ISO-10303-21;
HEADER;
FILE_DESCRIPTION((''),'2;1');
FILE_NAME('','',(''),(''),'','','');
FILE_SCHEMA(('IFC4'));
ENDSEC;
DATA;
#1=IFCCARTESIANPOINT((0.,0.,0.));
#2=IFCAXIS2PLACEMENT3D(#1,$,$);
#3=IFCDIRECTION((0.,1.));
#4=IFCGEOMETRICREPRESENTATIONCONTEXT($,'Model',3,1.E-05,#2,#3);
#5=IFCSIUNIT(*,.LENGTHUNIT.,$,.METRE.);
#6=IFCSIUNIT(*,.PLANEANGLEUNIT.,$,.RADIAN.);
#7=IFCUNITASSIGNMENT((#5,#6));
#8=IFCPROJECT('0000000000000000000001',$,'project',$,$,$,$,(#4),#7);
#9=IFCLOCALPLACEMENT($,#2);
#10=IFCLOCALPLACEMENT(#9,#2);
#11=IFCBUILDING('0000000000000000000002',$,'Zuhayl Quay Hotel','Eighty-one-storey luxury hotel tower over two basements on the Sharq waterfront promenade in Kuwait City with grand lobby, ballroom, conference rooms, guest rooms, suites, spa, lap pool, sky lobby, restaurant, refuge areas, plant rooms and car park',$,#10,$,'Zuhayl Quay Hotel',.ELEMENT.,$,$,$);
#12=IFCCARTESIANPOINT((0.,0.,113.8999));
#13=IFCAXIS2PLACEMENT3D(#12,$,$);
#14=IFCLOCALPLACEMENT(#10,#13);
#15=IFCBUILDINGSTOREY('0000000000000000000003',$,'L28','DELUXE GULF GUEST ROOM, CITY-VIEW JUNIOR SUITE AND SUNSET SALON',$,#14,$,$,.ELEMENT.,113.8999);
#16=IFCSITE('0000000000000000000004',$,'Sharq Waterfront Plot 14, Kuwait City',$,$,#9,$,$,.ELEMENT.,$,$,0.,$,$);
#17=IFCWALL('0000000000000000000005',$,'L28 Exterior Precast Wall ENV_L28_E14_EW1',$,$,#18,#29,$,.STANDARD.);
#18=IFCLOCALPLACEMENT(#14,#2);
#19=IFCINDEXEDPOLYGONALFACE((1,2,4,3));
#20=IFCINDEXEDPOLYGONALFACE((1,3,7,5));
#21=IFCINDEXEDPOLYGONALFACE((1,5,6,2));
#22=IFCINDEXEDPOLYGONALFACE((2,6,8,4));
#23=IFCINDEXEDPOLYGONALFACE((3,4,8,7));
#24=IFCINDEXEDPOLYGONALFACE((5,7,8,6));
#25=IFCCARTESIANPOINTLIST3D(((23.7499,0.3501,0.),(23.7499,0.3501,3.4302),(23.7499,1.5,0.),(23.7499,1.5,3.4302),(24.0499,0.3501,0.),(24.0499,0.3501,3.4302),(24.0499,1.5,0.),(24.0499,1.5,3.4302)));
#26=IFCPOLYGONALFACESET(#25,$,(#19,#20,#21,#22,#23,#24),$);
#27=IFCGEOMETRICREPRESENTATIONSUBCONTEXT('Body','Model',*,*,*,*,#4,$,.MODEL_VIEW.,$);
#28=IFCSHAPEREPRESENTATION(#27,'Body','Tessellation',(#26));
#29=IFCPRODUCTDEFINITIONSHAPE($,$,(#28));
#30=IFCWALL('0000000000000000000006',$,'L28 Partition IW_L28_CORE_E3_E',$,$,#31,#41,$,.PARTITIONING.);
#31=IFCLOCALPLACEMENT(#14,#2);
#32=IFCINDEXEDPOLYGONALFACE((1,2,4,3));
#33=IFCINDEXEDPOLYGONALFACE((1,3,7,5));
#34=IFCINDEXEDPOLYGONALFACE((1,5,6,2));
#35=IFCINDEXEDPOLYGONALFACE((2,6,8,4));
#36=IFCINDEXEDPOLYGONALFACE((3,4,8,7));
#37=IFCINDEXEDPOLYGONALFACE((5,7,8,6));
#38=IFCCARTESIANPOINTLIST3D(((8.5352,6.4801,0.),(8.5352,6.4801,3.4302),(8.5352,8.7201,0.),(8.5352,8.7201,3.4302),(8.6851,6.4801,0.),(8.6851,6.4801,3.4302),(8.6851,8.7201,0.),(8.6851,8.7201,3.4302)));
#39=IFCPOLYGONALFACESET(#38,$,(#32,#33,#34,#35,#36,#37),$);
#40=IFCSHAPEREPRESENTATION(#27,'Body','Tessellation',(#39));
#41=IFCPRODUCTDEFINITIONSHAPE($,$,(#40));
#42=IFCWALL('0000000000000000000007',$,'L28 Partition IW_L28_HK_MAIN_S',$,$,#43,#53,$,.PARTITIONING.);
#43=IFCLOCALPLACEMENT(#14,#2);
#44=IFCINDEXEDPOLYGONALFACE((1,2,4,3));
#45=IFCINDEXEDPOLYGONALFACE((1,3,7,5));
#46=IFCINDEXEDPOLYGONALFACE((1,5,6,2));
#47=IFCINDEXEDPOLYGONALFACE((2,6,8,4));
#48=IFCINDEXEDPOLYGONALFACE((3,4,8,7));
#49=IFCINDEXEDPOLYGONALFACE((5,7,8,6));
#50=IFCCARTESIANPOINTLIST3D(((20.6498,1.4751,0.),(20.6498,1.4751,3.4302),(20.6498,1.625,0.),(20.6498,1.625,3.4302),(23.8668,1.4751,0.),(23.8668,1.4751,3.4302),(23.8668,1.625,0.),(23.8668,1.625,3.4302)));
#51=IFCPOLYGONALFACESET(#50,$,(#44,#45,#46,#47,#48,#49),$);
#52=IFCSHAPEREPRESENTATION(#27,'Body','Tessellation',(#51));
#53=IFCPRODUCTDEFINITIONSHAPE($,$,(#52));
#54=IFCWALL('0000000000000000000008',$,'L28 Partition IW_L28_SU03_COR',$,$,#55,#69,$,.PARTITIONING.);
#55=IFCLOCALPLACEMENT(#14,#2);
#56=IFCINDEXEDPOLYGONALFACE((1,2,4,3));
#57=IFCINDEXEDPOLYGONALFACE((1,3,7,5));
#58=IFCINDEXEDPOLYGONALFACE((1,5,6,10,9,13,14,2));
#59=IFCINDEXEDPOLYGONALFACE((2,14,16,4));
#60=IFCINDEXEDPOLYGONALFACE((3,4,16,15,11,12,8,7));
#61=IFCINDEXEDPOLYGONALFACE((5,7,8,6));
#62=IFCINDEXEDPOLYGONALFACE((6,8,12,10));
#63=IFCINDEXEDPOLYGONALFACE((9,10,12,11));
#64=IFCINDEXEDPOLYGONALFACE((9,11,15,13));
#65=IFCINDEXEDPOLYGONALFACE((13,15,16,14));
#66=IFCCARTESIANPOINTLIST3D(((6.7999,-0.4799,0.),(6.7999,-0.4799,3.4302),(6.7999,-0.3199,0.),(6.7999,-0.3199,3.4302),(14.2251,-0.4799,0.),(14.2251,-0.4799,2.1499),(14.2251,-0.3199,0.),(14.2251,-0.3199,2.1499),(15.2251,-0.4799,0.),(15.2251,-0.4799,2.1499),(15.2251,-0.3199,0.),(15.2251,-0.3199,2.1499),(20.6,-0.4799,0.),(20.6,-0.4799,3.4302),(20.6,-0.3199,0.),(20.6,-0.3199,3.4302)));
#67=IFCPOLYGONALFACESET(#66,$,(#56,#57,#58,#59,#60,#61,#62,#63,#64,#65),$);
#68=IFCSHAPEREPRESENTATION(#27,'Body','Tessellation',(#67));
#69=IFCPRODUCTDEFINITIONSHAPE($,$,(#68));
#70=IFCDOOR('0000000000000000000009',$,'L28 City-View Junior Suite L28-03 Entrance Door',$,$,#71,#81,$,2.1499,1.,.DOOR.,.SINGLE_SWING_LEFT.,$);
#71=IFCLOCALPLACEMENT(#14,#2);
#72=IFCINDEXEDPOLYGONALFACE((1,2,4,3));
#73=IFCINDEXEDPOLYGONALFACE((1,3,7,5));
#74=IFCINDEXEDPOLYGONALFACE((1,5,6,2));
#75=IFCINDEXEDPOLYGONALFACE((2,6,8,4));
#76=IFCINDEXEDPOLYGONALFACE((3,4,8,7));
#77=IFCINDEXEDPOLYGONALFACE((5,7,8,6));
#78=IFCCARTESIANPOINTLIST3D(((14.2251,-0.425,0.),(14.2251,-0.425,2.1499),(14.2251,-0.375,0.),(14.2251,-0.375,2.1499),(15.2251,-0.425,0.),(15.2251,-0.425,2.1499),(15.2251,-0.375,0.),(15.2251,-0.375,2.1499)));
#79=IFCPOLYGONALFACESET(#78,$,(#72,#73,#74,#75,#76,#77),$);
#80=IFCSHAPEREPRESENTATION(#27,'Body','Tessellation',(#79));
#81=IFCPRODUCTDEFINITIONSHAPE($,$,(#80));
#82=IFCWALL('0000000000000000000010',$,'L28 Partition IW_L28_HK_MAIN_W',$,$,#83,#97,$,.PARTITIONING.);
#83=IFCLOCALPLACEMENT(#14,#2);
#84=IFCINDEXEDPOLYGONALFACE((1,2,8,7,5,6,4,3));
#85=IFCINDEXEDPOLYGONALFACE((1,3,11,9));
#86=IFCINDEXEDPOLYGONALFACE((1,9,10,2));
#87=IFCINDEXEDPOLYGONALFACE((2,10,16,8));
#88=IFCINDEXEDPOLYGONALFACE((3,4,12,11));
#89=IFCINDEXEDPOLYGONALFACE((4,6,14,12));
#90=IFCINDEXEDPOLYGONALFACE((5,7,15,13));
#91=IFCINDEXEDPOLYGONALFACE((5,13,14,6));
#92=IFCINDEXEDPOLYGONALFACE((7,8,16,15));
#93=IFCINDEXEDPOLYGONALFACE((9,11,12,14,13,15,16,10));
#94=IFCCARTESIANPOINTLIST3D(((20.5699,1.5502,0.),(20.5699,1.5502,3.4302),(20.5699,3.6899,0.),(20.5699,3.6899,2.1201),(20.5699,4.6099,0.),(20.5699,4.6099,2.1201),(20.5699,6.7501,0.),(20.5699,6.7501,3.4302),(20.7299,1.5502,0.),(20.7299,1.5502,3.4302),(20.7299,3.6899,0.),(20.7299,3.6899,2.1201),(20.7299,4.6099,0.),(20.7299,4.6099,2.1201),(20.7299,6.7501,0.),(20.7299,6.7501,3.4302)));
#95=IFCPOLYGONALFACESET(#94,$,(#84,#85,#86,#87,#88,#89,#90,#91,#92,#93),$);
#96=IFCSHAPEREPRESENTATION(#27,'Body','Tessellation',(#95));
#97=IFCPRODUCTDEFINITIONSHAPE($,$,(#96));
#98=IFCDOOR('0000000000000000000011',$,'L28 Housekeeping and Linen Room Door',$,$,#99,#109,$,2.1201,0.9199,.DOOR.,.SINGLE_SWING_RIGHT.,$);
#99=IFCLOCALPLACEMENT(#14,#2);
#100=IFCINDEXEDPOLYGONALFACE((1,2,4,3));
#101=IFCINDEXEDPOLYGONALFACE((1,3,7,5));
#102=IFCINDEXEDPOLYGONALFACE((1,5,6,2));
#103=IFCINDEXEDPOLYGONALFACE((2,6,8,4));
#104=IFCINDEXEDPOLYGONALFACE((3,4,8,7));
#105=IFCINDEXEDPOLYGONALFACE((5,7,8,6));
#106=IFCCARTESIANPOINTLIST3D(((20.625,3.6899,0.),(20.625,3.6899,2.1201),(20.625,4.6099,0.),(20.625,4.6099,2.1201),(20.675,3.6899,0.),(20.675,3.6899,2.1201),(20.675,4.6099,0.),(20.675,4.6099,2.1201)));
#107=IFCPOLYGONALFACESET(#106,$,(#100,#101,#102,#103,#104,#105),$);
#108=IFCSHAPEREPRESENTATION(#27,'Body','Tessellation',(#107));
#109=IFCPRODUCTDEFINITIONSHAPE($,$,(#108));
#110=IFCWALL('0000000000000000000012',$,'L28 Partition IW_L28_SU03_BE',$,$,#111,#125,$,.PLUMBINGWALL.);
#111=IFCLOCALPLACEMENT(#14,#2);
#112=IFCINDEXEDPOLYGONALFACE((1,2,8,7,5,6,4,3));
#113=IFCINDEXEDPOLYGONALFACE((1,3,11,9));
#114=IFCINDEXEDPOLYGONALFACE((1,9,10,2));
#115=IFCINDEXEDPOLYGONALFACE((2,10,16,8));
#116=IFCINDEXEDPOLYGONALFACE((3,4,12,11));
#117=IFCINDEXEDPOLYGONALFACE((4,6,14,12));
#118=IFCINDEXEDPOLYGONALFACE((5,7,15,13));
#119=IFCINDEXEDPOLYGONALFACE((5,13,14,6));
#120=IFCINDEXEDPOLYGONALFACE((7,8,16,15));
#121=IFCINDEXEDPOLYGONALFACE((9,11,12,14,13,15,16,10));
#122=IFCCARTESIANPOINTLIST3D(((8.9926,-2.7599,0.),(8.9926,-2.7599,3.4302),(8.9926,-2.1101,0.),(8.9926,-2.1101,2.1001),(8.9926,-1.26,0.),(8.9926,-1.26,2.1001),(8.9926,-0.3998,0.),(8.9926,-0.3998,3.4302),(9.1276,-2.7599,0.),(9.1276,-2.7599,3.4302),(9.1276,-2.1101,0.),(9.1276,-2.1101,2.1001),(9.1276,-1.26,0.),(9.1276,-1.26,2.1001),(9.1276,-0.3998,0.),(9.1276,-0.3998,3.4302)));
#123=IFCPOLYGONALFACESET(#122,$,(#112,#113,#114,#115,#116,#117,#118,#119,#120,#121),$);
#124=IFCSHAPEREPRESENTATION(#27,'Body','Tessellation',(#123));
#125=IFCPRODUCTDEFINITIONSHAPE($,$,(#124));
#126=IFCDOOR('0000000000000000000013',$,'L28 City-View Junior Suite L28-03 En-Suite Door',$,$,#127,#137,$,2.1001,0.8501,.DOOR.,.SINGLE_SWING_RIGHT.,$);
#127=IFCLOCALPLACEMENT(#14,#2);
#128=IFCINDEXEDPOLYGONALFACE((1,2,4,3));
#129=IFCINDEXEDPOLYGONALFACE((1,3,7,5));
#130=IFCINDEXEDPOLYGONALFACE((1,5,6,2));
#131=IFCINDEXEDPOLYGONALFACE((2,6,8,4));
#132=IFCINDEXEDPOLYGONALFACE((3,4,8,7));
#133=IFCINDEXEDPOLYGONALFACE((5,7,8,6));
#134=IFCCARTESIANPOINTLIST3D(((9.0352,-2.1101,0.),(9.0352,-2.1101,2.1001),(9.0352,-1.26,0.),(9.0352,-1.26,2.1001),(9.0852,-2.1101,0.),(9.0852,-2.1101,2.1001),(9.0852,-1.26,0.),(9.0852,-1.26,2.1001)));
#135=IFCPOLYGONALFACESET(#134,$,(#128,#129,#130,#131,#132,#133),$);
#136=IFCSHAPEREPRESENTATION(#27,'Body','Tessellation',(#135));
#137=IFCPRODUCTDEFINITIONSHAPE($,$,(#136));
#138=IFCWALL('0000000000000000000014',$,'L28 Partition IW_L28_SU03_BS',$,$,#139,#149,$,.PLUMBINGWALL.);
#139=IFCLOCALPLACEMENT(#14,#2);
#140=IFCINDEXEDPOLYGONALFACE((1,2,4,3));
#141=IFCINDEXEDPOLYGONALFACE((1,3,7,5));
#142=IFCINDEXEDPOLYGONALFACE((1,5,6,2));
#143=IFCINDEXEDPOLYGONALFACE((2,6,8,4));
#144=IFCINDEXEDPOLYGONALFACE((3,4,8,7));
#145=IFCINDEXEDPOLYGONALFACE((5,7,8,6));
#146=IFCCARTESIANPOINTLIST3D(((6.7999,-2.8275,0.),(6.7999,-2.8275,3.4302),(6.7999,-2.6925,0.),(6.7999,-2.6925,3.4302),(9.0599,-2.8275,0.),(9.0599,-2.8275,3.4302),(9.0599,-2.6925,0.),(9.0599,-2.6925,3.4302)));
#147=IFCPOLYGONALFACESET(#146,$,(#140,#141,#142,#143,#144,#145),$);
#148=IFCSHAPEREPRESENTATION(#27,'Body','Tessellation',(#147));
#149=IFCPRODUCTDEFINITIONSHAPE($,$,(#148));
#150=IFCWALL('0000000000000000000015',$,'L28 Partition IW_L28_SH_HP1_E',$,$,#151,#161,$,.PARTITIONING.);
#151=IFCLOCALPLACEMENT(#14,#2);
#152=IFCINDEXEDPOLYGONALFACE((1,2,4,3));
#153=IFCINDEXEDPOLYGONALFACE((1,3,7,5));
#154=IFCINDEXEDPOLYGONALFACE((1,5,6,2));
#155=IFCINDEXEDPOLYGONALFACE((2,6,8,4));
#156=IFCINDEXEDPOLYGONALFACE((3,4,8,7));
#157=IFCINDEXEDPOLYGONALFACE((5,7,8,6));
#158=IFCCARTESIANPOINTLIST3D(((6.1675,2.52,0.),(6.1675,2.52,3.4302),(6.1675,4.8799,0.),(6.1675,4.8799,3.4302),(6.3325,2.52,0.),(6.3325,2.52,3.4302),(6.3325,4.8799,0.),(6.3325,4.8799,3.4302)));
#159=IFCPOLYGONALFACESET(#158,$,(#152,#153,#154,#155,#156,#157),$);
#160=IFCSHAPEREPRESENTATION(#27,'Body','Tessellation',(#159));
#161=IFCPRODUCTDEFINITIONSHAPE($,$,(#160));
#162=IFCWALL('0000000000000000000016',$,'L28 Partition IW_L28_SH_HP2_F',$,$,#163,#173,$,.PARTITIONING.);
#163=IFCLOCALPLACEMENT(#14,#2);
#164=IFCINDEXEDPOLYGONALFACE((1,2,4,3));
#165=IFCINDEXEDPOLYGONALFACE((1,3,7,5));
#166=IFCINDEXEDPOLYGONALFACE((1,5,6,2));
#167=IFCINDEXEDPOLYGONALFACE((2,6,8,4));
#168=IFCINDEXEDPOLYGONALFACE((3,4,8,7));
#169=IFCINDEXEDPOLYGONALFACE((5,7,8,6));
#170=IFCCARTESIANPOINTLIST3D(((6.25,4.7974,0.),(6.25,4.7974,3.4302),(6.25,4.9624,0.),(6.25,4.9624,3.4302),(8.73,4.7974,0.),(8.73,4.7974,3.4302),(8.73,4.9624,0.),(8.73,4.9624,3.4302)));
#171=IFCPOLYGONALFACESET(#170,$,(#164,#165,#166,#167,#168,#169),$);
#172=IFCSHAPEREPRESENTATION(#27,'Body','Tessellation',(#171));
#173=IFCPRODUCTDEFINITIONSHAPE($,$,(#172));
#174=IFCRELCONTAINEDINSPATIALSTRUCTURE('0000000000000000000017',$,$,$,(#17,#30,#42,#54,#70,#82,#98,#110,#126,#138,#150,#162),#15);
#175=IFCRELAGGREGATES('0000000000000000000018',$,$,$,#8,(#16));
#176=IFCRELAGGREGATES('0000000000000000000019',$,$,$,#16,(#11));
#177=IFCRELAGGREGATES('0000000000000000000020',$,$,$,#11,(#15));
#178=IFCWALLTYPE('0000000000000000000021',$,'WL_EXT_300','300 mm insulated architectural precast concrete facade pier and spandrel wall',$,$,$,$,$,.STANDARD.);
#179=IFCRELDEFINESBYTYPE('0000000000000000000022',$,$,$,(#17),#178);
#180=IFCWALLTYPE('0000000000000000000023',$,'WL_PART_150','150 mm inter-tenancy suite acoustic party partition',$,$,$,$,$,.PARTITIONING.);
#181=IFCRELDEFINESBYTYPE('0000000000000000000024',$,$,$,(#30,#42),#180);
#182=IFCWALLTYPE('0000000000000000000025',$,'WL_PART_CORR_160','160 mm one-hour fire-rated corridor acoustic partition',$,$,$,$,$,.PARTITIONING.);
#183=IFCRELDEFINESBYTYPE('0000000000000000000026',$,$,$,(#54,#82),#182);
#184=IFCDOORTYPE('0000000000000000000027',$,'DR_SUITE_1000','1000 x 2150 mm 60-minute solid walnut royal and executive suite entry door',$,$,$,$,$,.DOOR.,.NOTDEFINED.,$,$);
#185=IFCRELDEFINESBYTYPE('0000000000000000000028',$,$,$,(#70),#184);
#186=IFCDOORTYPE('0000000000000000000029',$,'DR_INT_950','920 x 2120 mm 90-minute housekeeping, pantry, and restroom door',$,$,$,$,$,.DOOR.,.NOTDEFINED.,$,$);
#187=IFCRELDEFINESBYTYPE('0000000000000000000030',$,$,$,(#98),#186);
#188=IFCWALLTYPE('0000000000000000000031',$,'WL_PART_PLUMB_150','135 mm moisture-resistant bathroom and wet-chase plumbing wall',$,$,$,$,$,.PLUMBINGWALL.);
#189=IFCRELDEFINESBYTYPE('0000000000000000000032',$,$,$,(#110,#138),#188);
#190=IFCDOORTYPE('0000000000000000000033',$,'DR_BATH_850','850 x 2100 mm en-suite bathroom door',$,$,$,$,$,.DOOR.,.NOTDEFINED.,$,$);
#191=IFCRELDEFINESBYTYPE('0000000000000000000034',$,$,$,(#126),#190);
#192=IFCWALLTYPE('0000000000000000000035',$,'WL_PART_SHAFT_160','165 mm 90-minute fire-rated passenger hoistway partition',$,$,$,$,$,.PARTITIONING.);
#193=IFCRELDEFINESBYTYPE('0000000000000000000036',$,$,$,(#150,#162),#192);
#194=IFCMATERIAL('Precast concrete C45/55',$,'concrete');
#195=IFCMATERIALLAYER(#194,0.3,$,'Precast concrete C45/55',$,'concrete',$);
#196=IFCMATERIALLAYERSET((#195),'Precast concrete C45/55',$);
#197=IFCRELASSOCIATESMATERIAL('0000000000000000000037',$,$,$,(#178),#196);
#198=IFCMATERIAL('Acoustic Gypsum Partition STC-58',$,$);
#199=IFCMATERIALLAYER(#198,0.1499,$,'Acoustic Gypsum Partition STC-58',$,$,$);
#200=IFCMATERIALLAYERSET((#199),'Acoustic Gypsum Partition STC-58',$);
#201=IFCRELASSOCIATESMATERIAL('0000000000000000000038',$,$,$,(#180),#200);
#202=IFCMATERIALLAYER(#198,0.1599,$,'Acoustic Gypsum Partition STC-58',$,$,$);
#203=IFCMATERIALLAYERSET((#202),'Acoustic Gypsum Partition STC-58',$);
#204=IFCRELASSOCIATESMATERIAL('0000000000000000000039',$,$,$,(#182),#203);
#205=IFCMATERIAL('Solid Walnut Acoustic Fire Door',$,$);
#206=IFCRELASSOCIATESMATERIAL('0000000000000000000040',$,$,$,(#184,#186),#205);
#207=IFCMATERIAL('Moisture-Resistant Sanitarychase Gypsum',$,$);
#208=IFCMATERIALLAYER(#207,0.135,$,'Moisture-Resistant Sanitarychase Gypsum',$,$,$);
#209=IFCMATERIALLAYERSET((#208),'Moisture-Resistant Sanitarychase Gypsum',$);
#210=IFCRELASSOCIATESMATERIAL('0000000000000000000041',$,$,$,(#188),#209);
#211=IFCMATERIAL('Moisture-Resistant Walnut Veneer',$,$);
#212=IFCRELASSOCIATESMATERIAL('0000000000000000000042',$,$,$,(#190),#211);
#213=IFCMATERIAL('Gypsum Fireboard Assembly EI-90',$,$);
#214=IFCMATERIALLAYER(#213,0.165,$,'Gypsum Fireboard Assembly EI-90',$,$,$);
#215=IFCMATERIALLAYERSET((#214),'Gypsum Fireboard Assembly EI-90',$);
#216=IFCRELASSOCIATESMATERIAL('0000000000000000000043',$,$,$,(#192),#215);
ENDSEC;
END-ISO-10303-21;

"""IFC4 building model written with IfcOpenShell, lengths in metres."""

from ifc_helpers import new_model, si_unit, direction, frame, frame_2d, origin, place, context, subcontext, project, spatial, rectangle, extrude, material, layer, layer_set, type_object, element, fill, save


model = new_model("IFC4")

# Units and contexts
model_context = context("Model", 3, precision=1e-05, world=origin(), true_north=direction((0.0, 1.0)))
body_context = subcontext(model_context, "Body", "Model", "MODEL_VIEW")
ifc_project = project(units=[si_unit("LENGTHUNIT", "METRE"), si_unit("PLANEANGLEUNIT", "RADIAN")], contexts=[model_context])

# Site, building, storey
site_placement = place(None, origin())
site = spatial("IfcSite", under=ifc_project, at=site_placement, Name="Sharq Waterfront Plot 14, Kuwait City", CompositionType="ELEMENT", RefElevation=0.0)
building_placement = place(site_placement, origin())
building = spatial("IfcBuilding", under=site, at=building_placement, Name="Zuhayl Quay Hotel", Description="Eighty-one-storey luxury hotel tower over two basements on the Sharq waterfront promenade in Kuwait City with grand lobby, ballroom, conference rooms, guest rooms, suites, spa, lap pool, sky lobby, restaurant, refuge areas, plant rooms and car park", LongName="Zuhayl Quay Hotel", CompositionType="ELEMENT")
storey_placement = place(building_placement, frame((0.0, 0.0, 113.8999)))
storey = spatial("IfcBuildingStorey", under=building, at=storey_placement, Name="L28", Description="DELUXE GULF GUEST ROOM, CITY-VIEW JUNIOR SUITE AND SUNSET SALON", CompositionType="ELEMENT", Elevation=113.8999)

# Walls
ifc_material_1 = material(Name="Precast concrete C45/55", Category="concrete")
ifc_layer_1 = layer(ifc_material_1, 0.3, Name="Precast concrete C45/55", Category="concrete")
ifc_layer_set_1 = layer_set([ifc_layer_1], Name="Precast concrete C45/55")
wall_type_1 = type_object("IfcWallType", Name="WL_EXT_300", Description="300 mm insulated architectural precast concrete facade pier and spandrel wall", PredefinedType="STANDARD", material=ifc_layer_set_1)
wall_1_placement = place(storey_placement, frame((23.8999, 1.5, 0.0), z_axis=(0.0, 0.0, 1.0), x_axis=(0.0, -1.0, 0.0)))
element("IfcWall", 1, at=wall_1_placement, inside=storey, type_object=wall_type_1, Name="L28 Exterior Precast Wall ENV_L28_E14_EW1", PredefinedType="STANDARD", context=body_context, shape_type="SweptSolid", body=[
    extrude(rectangle(XDim=1.1499, YDim=0.3, at=frame_2d((0.575, 0.0))), origin(), (0.0, 0.0, 1.0), 3.4302),
])
ifc_material_2 = material(Name="Acoustic Gypsum Partition STC-58")
ifc_layer_2 = layer(ifc_material_2, 0.1499, Name="Acoustic Gypsum Partition STC-58")
ifc_layer_set_2 = layer_set([ifc_layer_2], Name="Acoustic Gypsum Partition STC-58")
wall_type_2 = type_object("IfcWallType", Name="WL_PART_150", Description="150 mm inter-tenancy suite acoustic party partition", PredefinedType="PARTITIONING", material=ifc_layer_set_2)
wall_2_placement = place(storey_placement, frame((8.6101, 6.48, 0.0), z_axis=(0.0, 0.0, 1.0), x_axis=(0.0, 1.0, 0.0)))
element("IfcWall", 2, at=wall_2_placement, inside=storey, type_object=wall_type_2, Name="L28 Partition IW_L28_CORE_E3_E", PredefinedType="PARTITIONING", context=body_context, shape_type="SweptSolid", body=[
    extrude(rectangle(XDim=2.24, YDim=0.1499, at=frame_2d((1.1201, 0.0))), origin(), (0.0, 0.0, 1.0), 3.4302),
])
wall_3_placement = place(storey_placement, frame((20.6499, 1.55, 0.0), z_axis=(0.0, 0.0, 1.0), x_axis=(1.0, 0.0, 0.0)))
element("IfcWall", 3, at=wall_3_placement, inside=storey, type_object=wall_type_2, Name="L28 Partition IW_L28_HK_MAIN_S", PredefinedType="PARTITIONING", context=body_context, shape_type="SweptSolid", body=[
    extrude(rectangle(XDim=3.217, YDim=0.1499, at=frame_2d((1.6084, 0.0))), origin(), (0.0, 0.0, 1.0), 3.4302),
])

# Walls, openings, doors
ifc_layer_3 = layer(ifc_material_2, 0.1599, Name="Acoustic Gypsum Partition STC-58")
ifc_layer_set_3 = layer_set([ifc_layer_3], Name="Acoustic Gypsum Partition STC-58")
wall_type_3 = type_object("IfcWallType", Name="WL_PART_CORR_160", Description="160 mm one-hour fire-rated corridor acoustic partition", PredefinedType="PARTITIONING", material=ifc_layer_set_3)
wall_4_placement = place(storey_placement, frame((6.8, -0.3999, 0.0), z_axis=(0.0, 0.0, 1.0), x_axis=(1.0, 0.0, 0.0)))
wall_4 = element("IfcWall", 4, at=wall_4_placement, inside=storey, type_object=wall_type_3, Name="L28 Partition IW_L28_SU03_COR", PredefinedType="PARTITIONING", context=body_context, shape_type="SweptSolid", body=[
    extrude(rectangle(XDim=13.8, YDim=0.1599, at=frame_2d((6.8999, 0.0))), origin(), (0.0, 0.0, 1.0), 3.4302),
])
opening_1_placement = place(wall_4_placement, frame((7.425, 0.0, 0.0)))
opening_1 = element("IfcOpeningElement", 5, at=opening_1_placement, cuts=wall_4, PredefinedType="OPENING", context=body_context, shape_type="SweptSolid", body=[
    extrude(rectangle(XDim=1.0, YDim=2.1499, at=frame_2d((0.5, 1.075))), frame((0.0, 0.0898, 0.0), z_axis=(0.0, -1.0, 0.0), x_axis=(1.0, 0.0, 0.0)), (0.0, 0.0, 1.0), 0.1799),
])
ifc_material_3 = material(Name="Solid Walnut Acoustic Fire Door")
door_type_1 = type_object("IfcDoorType", Name="DR_SUITE_1000", Description="1000 x 2150 mm 60-minute solid walnut royal and executive suite entry door", OperationType="NOTDEFINED", PredefinedType="DOOR", material=ifc_material_3)
door_1_placement = place(opening_1_placement, origin())
door_1 = element("IfcDoor", 6, at=door_1_placement, inside=storey, type_object=door_type_1, Name="L28 City-View Junior Suite L28-03 Entrance Door", OperationType="SINGLE_SWING_LEFT", OverallHeight=2.1499, OverallWidth=1.0, PredefinedType="DOOR", context=body_context, shape_type="SweptSolid", body=[
    extrude(rectangle(XDim=1.0, YDim=2.1499, at=frame_2d((0.5, 1.075))), frame((0.0, 0.0249, 0.0), z_axis=(0.0, -1.0, 0.0), x_axis=(1.0, 0.0, 0.0)), (0.0, 0.0, 1.0), 0.05),
])
fill(opening_1, door_1)
wall_5_placement = place(storey_placement, frame((20.6499, 1.55, 0.0), z_axis=(0.0, 0.0, 1.0), x_axis=(0.0, 1.0, 0.0)))
wall_5 = element("IfcWall", 7, at=wall_5_placement, inside=storey, type_object=wall_type_3, Name="L28 Partition IW_L28_HK_MAIN_W", PredefinedType="PARTITIONING", context=body_context, shape_type="SweptSolid", body=[
    extrude(rectangle(XDim=5.2, YDim=0.1599, at=frame_2d((2.6001, 0.0))), origin(), (0.0, 0.0, 1.0), 3.4302),
])
opening_2_placement = place(wall_5_placement, frame((2.1399, 0.0, 0.0)))
opening_2 = element("IfcOpeningElement", 8, at=opening_2_placement, cuts=wall_5, PredefinedType="OPENING", context=body_context, shape_type="SweptSolid", body=[
    extrude(rectangle(XDim=0.9199, YDim=2.1201, at=frame_2d((0.46, 1.0601))), frame((0.0, 0.0898, 0.0), z_axis=(0.0, -1.0, 0.0), x_axis=(1.0, 0.0, 0.0)), (0.0, 0.0, 1.0), 0.1799),
])
door_type_2 = type_object("IfcDoorType", Name="DR_INT_950", Description="920 x 2120 mm 90-minute housekeeping, pantry, and restroom door", OperationType="NOTDEFINED", PredefinedType="DOOR", material=ifc_material_3)
door_2_placement = place(opening_2_placement, origin())
door_2 = element("IfcDoor", 9, at=door_2_placement, inside=storey, type_object=door_type_2, Name="L28 Housekeeping and Linen Room Door", OperationType="SINGLE_SWING_RIGHT", OverallHeight=2.1201, OverallWidth=0.9199, PredefinedType="DOOR", context=body_context, shape_type="SweptSolid", body=[
    extrude(rectangle(XDim=0.9199, YDim=2.1201, at=frame_2d((0.46, 1.0601))), frame((0.0, 0.0249, 0.0), z_axis=(0.0, -1.0, 0.0), x_axis=(1.0, 0.0, 0.0)), (0.0, 0.0, 1.0), 0.05),
])
fill(opening_2, door_2)
ifc_material_4 = material(Name="Moisture-Resistant Sanitarychase Gypsum")
ifc_layer_4 = layer(ifc_material_4, 0.135, Name="Moisture-Resistant Sanitarychase Gypsum")
ifc_layer_set_4 = layer_set([ifc_layer_4], Name="Moisture-Resistant Sanitarychase Gypsum")
wall_type_4 = type_object("IfcWallType", Name="WL_PART_PLUMB_150", Description="135 mm moisture-resistant bathroom and wet-chase plumbing wall", PredefinedType="PLUMBINGWALL", material=ifc_layer_set_4)
wall_6_placement = place(storey_placement, frame((9.0601, -2.76, 0.0), z_axis=(0.0, 0.0, 1.0), x_axis=(0.0, 1.0, 0.0)))
wall_6 = element("IfcWall", 10, at=wall_6_placement, inside=storey, type_object=wall_type_4, Name="L28 Partition IW_L28_SU03_BE", PredefinedType="PLUMBINGWALL", context=body_context, shape_type="SweptSolid", body=[
    extrude(rectangle(XDim=2.3601, YDim=0.135, at=frame_2d((1.1802, 0.0))), origin(), (0.0, 0.0, 1.0), 3.4302),
])
opening_3_placement = place(wall_6_placement, frame((0.6499, 0.0, 0.0)))
opening_3 = element("IfcOpeningElement", 11, at=opening_3_placement, cuts=wall_6, PredefinedType="OPENING", context=body_context, shape_type="SweptSolid", body=[
    extrude(rectangle(XDim=0.8501, YDim=2.1001, at=frame_2d((0.425, 1.05))), frame((0.0, 0.0774, 0.0), z_axis=(0.0, -1.0, 0.0), x_axis=(1.0, 0.0, 0.0)), (0.0, 0.0, 1.0), 0.155),
])
ifc_material_5 = material(Name="Moisture-Resistant Walnut Veneer")
door_type_3 = type_object("IfcDoorType", Name="DR_BATH_850", Description="850 x 2100 mm en-suite bathroom door", OperationType="NOTDEFINED", PredefinedType="DOOR", material=ifc_material_5)
door_3_placement = place(opening_3_placement, origin())
door_3 = element("IfcDoor", 12, at=door_3_placement, inside=storey, type_object=door_type_3, Name="L28 City-View Junior Suite L28-03 En-Suite Door", OperationType="SINGLE_SWING_RIGHT", OverallHeight=2.1001, OverallWidth=0.8501, PredefinedType="DOOR", context=body_context, shape_type="SweptSolid", body=[
    extrude(rectangle(XDim=0.8501, YDim=2.1001, at=frame_2d((0.425, 1.05))), frame((0.0, 0.0249, 0.0), z_axis=(0.0, -1.0, 0.0), x_axis=(1.0, 0.0, 0.0)), (0.0, 0.0, 1.0), 0.05),
])
fill(opening_3, door_3)

# Walls
wall_7_placement = place(storey_placement, frame((6.8, -2.76, 0.0), z_axis=(0.0, 0.0, 1.0), x_axis=(1.0, 0.0, 0.0)))
element("IfcWall", 13, at=wall_7_placement, inside=storey, type_object=wall_type_4, Name="L28 Partition IW_L28_SU03_BS", PredefinedType="PLUMBINGWALL", context=body_context, shape_type="SweptSolid", body=[
    extrude(rectangle(XDim=2.26, YDim=0.135, at=frame_2d((1.1299, 0.0))), origin(), (0.0, 0.0, 1.0), 3.4302),
])
ifc_material_6 = material(Name="Gypsum Fireboard Assembly EI-90")
ifc_layer_5 = layer(ifc_material_6, 0.165, Name="Gypsum Fireboard Assembly EI-90")
ifc_layer_set_5 = layer_set([ifc_layer_5], Name="Gypsum Fireboard Assembly EI-90")
wall_type_5 = type_object("IfcWallType", Name="WL_PART_SHAFT_160", Description="165 mm 90-minute fire-rated passenger hoistway partition", PredefinedType="PARTITIONING", material=ifc_layer_set_5)
wall_8_placement = place(storey_placement, frame((6.25, 2.52, 0.0), z_axis=(0.0, 0.0, 1.0), x_axis=(0.0, 1.0, 0.0)))
element("IfcWall", 14, at=wall_8_placement, inside=storey, type_object=wall_type_5, Name="L28 Partition IW_L28_SH_HP1_E", PredefinedType="PARTITIONING", context=body_context, shape_type="SweptSolid", body=[
    extrude(rectangle(XDim=2.3599, YDim=0.165, at=frame_2d((1.1799, 0.0))), origin(), (0.0, 0.0, 1.0), 3.4302),
])
wall_9_placement = place(storey_placement, frame((6.25, 4.8799, 0.0), z_axis=(0.0, 0.0, 1.0), x_axis=(1.0, 0.0, 0.0)))
element("IfcWall", 15, at=wall_9_placement, inside=storey, type_object=wall_type_5, Name="L28 Partition IW_L28_SH_HP2_F", PredefinedType="PARTITIONING", context=body_context, shape_type="SweptSolid", body=[
    extrude(rectangle(XDim=2.48, YDim=0.165, at=frame_2d((1.24, 0.0))), origin(), (0.0, 0.0, 1.0), 3.4302),
])

save(model, "model.ifc")
